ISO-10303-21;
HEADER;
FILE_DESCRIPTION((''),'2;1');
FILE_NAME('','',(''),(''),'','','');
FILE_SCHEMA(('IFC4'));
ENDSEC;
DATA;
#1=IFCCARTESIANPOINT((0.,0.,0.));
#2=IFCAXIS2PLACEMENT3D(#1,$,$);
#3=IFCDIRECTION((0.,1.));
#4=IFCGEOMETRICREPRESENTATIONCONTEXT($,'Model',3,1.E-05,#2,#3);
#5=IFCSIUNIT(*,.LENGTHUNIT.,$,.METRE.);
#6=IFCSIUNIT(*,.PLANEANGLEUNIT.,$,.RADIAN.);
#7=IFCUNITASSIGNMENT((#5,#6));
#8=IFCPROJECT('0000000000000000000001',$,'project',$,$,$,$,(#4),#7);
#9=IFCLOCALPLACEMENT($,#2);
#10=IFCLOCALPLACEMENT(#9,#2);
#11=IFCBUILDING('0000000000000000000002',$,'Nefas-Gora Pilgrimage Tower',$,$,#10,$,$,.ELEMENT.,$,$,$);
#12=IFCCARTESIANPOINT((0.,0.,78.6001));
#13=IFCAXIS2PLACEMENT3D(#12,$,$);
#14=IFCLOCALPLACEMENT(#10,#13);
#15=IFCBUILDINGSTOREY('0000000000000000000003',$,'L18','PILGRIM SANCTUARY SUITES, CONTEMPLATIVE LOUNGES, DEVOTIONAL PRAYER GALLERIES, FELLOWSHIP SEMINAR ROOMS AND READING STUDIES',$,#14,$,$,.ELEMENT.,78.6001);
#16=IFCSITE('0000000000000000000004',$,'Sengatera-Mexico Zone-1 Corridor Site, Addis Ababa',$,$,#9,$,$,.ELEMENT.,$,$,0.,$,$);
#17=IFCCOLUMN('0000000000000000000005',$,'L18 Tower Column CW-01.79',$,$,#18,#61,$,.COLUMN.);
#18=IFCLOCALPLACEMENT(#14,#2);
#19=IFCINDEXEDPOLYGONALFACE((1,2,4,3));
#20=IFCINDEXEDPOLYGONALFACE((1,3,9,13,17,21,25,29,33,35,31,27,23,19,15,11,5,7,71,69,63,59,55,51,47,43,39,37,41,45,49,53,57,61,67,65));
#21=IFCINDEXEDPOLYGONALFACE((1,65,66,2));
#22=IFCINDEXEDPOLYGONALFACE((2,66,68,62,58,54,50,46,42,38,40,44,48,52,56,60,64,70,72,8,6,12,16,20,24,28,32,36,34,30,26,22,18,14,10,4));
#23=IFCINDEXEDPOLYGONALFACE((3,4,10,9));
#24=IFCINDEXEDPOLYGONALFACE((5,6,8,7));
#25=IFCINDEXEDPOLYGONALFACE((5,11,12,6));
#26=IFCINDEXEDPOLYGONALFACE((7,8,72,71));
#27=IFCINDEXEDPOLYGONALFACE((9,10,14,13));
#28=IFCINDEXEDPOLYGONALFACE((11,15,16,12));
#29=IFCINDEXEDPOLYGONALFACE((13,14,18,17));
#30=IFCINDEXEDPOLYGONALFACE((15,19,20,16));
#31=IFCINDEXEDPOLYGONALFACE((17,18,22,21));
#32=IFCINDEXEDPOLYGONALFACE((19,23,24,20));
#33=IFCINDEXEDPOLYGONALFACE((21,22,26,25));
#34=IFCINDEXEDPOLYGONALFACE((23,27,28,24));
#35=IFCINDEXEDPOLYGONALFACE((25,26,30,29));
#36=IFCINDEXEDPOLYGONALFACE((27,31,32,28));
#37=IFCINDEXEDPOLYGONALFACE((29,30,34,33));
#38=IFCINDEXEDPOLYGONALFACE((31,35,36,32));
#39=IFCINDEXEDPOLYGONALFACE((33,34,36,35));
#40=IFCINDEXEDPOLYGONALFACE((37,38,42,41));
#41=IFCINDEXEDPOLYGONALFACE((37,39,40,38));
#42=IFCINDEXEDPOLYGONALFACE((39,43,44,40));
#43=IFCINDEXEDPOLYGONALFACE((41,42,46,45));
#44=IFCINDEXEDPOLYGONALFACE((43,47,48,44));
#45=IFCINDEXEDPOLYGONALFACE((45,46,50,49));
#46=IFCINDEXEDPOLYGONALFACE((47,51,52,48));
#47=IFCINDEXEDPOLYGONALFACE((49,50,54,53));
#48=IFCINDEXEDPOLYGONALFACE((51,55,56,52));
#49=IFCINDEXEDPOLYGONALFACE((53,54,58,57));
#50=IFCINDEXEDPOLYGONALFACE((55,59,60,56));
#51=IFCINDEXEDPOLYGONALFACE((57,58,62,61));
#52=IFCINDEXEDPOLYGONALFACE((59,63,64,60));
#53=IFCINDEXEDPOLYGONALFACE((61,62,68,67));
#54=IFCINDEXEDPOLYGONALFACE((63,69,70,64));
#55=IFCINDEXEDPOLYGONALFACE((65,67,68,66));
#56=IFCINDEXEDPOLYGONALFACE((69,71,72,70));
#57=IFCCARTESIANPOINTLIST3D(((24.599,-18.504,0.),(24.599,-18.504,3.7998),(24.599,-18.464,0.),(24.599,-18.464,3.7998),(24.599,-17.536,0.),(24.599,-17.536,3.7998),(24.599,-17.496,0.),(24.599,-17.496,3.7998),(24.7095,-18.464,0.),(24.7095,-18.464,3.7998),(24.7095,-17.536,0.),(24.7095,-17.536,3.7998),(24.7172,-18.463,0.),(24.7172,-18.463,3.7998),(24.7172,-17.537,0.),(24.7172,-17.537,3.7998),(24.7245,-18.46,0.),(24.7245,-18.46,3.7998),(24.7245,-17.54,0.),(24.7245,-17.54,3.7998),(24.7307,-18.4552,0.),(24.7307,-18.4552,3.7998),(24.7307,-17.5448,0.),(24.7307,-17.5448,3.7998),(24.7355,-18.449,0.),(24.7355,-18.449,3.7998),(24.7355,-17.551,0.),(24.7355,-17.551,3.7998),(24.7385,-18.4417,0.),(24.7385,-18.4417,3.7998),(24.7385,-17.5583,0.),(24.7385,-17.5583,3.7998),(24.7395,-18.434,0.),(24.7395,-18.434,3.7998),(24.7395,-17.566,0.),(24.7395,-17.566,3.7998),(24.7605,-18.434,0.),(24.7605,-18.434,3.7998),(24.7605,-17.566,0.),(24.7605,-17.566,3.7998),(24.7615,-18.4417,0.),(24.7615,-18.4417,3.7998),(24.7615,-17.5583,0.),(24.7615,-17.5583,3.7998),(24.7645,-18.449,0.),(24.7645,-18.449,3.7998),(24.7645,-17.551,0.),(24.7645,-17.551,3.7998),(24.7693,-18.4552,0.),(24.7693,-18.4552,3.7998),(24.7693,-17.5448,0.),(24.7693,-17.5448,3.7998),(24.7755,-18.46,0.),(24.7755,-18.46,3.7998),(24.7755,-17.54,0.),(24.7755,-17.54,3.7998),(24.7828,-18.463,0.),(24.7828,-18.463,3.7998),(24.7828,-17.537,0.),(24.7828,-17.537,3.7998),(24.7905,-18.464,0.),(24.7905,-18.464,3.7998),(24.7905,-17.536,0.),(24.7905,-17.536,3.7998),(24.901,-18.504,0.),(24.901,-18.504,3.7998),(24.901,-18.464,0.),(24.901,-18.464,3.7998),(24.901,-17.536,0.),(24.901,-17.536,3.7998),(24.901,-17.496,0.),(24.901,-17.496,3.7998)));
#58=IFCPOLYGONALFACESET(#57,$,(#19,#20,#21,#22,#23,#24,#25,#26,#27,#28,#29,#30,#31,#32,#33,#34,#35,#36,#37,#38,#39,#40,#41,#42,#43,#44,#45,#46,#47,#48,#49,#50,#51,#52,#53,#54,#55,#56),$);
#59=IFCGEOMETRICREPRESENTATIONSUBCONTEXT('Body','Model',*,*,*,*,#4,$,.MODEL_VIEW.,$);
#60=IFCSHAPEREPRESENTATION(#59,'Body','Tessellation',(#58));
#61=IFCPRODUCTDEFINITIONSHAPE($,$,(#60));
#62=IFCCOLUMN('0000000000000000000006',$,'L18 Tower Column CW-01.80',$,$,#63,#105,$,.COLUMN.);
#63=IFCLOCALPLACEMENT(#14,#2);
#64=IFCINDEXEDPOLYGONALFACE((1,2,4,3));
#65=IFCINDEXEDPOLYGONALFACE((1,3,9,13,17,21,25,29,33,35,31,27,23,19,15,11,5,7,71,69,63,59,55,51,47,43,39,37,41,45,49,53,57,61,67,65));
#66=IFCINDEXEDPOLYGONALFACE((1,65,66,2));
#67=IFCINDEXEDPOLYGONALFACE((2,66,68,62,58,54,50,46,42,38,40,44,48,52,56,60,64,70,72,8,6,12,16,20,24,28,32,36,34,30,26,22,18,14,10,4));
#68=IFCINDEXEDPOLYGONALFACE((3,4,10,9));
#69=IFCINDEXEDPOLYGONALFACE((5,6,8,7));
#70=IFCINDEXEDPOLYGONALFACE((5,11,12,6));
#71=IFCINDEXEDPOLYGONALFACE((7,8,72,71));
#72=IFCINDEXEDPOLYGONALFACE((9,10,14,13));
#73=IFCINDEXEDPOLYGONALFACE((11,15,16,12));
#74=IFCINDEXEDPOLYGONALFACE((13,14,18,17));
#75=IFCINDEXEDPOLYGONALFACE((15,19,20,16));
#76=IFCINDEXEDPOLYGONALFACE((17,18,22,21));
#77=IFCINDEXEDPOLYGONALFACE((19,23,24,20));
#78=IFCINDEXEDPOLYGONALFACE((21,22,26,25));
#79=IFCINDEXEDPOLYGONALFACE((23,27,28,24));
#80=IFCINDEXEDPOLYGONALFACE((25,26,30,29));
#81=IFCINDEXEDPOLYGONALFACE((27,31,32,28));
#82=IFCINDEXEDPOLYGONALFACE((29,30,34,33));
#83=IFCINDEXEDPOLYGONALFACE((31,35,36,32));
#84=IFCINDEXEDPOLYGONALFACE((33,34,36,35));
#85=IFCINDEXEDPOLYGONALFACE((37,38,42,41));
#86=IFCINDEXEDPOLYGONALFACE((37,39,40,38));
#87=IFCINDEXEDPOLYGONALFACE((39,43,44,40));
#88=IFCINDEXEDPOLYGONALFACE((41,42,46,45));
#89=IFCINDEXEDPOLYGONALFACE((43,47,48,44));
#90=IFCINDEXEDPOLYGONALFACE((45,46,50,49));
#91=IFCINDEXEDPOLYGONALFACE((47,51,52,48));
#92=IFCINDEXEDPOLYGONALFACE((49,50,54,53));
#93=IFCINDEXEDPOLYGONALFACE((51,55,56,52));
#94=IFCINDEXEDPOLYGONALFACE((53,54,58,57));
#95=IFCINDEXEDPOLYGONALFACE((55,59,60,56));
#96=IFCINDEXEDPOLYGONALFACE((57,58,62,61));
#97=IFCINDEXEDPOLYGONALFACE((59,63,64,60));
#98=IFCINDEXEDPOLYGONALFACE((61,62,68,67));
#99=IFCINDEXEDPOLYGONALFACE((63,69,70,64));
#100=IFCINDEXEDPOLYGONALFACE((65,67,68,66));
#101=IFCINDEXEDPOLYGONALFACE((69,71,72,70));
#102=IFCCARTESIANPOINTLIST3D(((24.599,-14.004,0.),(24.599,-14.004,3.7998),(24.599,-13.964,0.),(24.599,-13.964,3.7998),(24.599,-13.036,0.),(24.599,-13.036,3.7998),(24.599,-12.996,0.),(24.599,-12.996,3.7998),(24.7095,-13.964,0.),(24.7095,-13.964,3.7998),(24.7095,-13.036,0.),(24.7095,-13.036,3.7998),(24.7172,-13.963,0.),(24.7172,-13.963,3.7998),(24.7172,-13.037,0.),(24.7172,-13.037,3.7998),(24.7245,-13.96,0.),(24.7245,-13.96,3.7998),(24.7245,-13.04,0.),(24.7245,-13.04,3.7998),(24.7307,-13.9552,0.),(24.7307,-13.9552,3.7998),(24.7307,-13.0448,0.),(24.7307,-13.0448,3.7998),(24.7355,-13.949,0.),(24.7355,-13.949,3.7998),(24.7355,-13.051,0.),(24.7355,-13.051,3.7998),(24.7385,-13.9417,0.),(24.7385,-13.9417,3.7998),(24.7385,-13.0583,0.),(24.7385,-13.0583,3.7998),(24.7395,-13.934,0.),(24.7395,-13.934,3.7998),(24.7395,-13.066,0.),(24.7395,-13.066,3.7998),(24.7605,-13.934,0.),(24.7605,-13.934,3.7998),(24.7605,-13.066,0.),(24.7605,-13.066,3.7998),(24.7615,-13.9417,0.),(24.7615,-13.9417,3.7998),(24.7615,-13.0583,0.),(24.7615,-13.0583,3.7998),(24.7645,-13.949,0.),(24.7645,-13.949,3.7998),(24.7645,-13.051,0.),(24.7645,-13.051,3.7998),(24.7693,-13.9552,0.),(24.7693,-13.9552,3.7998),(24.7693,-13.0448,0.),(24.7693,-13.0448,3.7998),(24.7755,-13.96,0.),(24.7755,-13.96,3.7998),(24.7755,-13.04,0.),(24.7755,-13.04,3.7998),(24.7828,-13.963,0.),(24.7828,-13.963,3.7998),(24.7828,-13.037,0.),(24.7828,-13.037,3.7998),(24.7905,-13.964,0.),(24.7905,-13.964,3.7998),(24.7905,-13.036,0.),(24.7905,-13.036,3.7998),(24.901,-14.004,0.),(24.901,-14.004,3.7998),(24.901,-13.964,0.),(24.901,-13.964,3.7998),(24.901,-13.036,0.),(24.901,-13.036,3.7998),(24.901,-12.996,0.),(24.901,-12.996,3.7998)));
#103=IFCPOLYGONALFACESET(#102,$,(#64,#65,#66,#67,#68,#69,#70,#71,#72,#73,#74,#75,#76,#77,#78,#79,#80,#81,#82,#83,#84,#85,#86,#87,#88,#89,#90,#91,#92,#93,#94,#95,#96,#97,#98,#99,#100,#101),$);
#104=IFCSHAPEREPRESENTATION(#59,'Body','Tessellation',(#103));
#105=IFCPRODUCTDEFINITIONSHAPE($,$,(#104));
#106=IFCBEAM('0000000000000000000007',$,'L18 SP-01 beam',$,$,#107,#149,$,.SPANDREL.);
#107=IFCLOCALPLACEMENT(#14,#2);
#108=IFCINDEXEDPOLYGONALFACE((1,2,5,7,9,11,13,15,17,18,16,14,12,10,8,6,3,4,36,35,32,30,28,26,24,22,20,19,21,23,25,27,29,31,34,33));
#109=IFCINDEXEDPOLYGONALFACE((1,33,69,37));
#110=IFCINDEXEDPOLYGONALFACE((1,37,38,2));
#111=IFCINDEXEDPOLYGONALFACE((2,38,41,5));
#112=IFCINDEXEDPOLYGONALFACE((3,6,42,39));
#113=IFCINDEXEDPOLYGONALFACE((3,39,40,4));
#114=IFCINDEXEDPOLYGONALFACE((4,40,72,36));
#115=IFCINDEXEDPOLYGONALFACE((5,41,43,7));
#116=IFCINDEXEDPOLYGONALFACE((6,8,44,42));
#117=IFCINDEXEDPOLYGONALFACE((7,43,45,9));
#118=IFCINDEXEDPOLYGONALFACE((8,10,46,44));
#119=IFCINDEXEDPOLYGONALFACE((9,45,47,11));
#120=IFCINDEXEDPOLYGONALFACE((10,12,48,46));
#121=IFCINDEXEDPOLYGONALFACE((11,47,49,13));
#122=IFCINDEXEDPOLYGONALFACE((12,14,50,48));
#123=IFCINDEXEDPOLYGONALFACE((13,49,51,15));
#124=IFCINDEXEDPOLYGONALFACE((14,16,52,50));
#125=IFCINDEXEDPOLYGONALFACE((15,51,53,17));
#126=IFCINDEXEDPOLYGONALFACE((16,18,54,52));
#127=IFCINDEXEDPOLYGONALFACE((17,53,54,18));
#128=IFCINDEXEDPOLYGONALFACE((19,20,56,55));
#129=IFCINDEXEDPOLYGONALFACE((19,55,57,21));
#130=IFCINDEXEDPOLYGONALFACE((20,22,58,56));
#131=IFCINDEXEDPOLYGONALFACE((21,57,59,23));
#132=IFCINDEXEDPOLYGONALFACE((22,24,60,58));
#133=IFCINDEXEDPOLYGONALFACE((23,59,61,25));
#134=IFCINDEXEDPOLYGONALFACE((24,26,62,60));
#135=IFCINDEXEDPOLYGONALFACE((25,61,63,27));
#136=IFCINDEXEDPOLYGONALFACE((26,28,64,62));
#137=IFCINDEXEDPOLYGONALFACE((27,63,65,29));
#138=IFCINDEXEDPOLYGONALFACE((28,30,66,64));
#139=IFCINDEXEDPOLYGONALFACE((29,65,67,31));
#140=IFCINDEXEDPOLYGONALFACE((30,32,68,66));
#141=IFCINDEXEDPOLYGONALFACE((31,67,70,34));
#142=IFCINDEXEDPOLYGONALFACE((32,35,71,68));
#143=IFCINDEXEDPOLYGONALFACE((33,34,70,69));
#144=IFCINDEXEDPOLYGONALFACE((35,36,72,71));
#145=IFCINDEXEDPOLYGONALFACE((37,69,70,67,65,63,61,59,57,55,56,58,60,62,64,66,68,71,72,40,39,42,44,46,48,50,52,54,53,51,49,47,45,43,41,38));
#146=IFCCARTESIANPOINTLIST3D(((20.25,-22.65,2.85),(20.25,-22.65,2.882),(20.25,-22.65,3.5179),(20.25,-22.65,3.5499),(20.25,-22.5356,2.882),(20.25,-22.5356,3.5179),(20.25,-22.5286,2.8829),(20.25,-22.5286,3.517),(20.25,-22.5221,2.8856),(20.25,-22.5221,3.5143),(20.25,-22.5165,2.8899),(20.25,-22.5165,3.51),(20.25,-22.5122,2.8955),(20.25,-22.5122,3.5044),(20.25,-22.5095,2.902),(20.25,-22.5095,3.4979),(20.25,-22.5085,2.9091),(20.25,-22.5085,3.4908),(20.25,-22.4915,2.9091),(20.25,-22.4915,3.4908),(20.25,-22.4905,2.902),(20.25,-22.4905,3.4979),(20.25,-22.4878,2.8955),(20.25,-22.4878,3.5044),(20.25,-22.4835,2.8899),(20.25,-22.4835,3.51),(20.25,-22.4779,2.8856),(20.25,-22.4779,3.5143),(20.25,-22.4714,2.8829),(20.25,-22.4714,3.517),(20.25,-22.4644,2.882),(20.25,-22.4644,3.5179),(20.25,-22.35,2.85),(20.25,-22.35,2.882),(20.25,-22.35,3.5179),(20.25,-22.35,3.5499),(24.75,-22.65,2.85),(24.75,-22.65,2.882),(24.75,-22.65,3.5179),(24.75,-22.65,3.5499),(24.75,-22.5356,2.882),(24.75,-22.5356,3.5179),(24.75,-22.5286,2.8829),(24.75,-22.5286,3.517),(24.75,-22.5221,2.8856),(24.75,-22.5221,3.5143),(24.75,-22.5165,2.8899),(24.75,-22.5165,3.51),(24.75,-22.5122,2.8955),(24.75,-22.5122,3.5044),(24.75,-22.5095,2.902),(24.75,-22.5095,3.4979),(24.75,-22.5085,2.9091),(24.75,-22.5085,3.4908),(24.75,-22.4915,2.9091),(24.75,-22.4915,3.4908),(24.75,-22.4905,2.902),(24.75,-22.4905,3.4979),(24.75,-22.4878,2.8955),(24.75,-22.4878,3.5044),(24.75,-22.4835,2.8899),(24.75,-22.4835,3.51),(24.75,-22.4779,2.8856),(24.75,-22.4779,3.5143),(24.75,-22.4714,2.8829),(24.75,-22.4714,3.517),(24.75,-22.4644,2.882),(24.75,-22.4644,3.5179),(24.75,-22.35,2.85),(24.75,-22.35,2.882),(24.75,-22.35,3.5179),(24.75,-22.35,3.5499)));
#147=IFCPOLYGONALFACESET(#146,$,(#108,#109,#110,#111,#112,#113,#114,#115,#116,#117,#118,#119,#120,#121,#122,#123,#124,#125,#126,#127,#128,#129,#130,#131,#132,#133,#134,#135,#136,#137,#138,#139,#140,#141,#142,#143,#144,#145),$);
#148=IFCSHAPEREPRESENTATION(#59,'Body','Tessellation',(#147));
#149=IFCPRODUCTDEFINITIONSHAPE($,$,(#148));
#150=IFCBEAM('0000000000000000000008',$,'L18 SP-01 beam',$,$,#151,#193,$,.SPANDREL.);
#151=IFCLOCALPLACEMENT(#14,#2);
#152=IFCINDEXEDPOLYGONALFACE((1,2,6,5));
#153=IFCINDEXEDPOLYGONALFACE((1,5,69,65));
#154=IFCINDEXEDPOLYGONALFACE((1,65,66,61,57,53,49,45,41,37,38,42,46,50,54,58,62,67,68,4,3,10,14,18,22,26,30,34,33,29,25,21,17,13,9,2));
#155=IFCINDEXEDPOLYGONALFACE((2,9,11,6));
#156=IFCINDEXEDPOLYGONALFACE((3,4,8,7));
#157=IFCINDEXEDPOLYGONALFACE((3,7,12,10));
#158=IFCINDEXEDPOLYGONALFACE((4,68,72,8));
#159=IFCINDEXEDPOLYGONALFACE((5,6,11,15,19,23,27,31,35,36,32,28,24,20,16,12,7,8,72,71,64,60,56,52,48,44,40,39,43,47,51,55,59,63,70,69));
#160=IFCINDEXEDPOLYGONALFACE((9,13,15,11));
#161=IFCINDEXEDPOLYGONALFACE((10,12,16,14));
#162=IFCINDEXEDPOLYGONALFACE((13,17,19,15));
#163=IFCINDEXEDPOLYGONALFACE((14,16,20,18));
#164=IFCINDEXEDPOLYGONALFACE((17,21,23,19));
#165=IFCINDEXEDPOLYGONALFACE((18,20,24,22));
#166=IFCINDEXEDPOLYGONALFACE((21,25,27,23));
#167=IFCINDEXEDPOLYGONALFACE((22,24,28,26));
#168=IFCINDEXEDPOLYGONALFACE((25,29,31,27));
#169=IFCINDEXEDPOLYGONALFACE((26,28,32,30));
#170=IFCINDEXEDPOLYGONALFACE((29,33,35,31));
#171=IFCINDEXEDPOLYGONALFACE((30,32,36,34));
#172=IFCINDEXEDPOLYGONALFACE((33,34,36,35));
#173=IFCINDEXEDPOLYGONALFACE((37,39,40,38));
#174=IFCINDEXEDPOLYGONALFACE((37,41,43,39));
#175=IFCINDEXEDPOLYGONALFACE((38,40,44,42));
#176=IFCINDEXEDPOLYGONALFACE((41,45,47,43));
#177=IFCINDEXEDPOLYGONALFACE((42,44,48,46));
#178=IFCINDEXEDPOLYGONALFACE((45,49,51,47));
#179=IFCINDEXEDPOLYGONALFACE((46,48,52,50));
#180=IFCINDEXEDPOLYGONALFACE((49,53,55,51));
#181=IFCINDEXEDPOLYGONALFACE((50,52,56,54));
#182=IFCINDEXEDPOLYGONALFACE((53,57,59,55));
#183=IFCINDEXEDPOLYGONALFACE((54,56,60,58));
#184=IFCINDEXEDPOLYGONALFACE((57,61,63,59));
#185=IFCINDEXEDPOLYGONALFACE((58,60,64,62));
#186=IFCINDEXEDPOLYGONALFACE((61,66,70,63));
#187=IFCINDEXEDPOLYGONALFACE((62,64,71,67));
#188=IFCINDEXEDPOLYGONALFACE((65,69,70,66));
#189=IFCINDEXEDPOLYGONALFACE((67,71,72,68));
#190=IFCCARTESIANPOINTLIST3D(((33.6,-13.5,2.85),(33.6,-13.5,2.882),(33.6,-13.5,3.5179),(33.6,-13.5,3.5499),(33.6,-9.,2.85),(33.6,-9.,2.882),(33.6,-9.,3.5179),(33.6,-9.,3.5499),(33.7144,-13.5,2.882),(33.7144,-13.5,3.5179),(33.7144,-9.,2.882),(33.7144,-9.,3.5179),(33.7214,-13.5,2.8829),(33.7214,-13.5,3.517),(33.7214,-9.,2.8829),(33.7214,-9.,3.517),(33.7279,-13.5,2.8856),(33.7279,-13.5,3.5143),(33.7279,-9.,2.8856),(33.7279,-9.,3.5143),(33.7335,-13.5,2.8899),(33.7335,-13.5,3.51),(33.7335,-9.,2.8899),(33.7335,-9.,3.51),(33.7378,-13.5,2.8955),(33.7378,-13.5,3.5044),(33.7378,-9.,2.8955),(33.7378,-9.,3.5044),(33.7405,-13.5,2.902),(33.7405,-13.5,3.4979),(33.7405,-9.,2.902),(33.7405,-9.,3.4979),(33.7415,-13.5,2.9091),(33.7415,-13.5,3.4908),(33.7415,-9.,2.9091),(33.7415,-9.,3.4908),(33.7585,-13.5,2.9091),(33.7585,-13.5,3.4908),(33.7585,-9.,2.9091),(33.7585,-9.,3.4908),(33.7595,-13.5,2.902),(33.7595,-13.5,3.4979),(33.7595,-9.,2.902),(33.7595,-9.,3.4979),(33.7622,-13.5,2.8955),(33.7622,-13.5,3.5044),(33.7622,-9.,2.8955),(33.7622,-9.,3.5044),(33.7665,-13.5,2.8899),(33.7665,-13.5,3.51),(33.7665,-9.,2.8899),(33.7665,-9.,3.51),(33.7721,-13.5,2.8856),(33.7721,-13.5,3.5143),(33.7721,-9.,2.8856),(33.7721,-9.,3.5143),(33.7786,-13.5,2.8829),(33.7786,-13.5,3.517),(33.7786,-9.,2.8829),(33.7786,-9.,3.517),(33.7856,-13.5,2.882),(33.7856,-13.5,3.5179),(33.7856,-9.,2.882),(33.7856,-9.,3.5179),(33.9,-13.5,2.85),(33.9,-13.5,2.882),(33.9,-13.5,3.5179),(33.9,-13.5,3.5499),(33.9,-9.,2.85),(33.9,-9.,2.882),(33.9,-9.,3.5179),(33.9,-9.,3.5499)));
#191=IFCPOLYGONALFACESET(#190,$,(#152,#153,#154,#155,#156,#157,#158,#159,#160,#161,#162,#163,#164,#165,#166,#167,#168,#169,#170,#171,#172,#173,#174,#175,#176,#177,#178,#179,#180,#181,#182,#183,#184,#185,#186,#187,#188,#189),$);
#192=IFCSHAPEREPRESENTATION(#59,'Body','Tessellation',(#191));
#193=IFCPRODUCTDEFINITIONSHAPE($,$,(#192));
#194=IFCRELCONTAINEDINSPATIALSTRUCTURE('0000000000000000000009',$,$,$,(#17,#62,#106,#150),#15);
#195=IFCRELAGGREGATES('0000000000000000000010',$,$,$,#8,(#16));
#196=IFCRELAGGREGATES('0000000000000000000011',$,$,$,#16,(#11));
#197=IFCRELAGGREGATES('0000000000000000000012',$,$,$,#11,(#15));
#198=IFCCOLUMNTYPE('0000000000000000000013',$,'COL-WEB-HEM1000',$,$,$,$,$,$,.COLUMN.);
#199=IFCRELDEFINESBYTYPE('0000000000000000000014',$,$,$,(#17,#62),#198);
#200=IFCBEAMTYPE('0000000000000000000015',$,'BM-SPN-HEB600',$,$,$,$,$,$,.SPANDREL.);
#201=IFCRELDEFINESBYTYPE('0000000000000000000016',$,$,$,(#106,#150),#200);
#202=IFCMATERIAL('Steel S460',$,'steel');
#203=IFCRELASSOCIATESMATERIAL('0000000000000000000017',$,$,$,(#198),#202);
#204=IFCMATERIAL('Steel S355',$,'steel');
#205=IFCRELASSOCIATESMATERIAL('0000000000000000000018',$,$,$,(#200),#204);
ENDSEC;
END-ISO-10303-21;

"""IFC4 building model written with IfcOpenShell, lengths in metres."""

from ifc_helpers import new_model, si_unit, direction, frame, origin, origin_2d, place, context, subcontext, project, spatial, i_section, extrude, source, transform, mapped, material, material_profile, profile_set, type_object, element, save


model = new_model("IFC4")

# Units and contexts
model_context = context("Model", 3, precision=1e-05, world=origin(), true_north=direction((0.0, 1.0)))
body_context = subcontext(model_context, "Body", "Model", "MODEL_VIEW")
ifc_project = project(units=[si_unit("LENGTHUNIT", "METRE"), si_unit("PLANEANGLEUNIT", "RADIAN")], contexts=[model_context])

# Site, building, storey
site_placement = place(None, origin())
site = spatial("IfcSite", under=ifc_project, at=site_placement, Name="Sengatera-Mexico Zone-1 Corridor Site, Addis Ababa", CompositionType="ELEMENT", RefElevation=0.0)
building_placement = place(site_placement, origin())
building = spatial("IfcBuilding", under=site, at=building_placement, Name="Nefas-Gora Pilgrimage Tower", CompositionType="ELEMENT")
storey_placement = place(building_placement, frame((0.0, 0.0, 78.6001)))
storey = spatial("IfcBuildingStorey", under=building, at=storey_placement, Name="L18", Description="PILGRIM SANCTUARY SUITES, CONTEMPLATIVE LOUNGES, DEVOTIONAL PRAYER GALLERIES, FELLOWSHIP SEMINAR ROOMS AND READING STUDIES", CompositionType="ELEMENT", Elevation=78.6001)

# Columns
ifc_material_1 = material(Name="Steel S460", Category="steel")
ifc_material_profile_1 = material_profile(ifc_material_1, i_section(OverallWidth=0.302, OverallDepth=1.0081, WebThickness=0.021, FlangeThickness=0.04, FilletRadius=0.03, at=origin_2d()), Name="HEM 1000")
ifc_profile_set_1 = profile_set([ifc_material_profile_1], Name="Steel S460")
column_type_1 = type_object("IfcColumnType", Name="COL-WEB-HEM1000", PredefinedType="COLUMN", material=ifc_profile_set_1)
shared_shape_1 = source(origin(), body_context, "Body", "SweptSolid", [
    extrude(i_section(OverallWidth=0.302, OverallDepth=1.0081, WebThickness=0.021, FlangeThickness=0.04, FilletRadius=0.03, at=origin_2d()), origin(), (0.0, 0.0, 1.0), 3.7998),
])
for number, where, z_axis, x_axis, name in (
    (1, (24.75, -18.0, 0.0), (0.0, 0.0, 1.0), (1.0, 0.0, 0.0), "L18 Tower Column CW-01.79"),
    (2, (24.75, -13.5, 0.0), (0.0, 0.0, 1.0), (1.0, 0.0, 0.0), "L18 Tower Column CW-01.80"),
):
    element("IfcColumn", number, at=place(storey_placement, frame(where, z_axis=z_axis, x_axis=x_axis)), inside=storey, type_object=column_type_1, Name=name, PredefinedType="COLUMN", context=body_context, shape_type="MappedRepresentation", body=[
        mapped(shared_shape_1, transform((0.0, 0.0, 0.0), x_axis=(1.0, 0.0, 0.0), y_axis=(0.0, 1.0, 0.0), z_axis=(0.0, 0.0, 1.0), scale=1.0)),
    ])

# Beams
ifc_material_2 = material(Name="Steel S355", Category="steel")
ifc_material_profile_2 = material_profile(ifc_material_2, i_section(OverallWidth=0.3, OverallDepth=0.7, WebThickness=0.0171, FlangeThickness=0.032, FilletRadius=0.0271, at=origin_2d()), Name="HEB 700")
ifc_profile_set_2 = profile_set([ifc_material_profile_2], Name="Steel S355")
beam_type_1 = type_object("IfcBeamType", Name="BM-SPN-HEB600", PredefinedType="SPANDREL", material=ifc_profile_set_2)
shared_shape_2 = source(origin(), body_context, "Body", "SweptSolid", [
    extrude(i_section(OverallWidth=0.3, OverallDepth=0.7, WebThickness=0.0171, FlangeThickness=0.032, FilletRadius=0.0271, at=origin_2d()), origin(), (0.0, 0.0, 1.0), 4.5),
])
for number, where, z_axis, x_axis, name in (
    (3, (20.25, -22.5, 3.2), (1.0, 0.0, 0.0), (0.0, 1.0, 0.0), "L18 SP-01 beam"),
    (4, (33.75, -13.5, 3.2), (0.0, 1.0, 0.0), (-1.0, 0.0, 0.0), "L18 SP-01 beam"),
):
    element("IfcBeam", number, at=place(storey_placement, frame(where, z_axis=z_axis, x_axis=x_axis)), inside=storey, type_object=beam_type_1, Name=name, PredefinedType="SPANDREL", context=body_context, shape_type="MappedRepresentation", body=[
        mapped(shared_shape_2, transform((0.0, 0.0, 0.0), x_axis=(1.0, 0.0, 0.0), y_axis=(0.0, 1.0, 0.0), z_axis=(0.0, 0.0, 1.0), scale=1.0)),
    ])

save(model, "model.ifc")
